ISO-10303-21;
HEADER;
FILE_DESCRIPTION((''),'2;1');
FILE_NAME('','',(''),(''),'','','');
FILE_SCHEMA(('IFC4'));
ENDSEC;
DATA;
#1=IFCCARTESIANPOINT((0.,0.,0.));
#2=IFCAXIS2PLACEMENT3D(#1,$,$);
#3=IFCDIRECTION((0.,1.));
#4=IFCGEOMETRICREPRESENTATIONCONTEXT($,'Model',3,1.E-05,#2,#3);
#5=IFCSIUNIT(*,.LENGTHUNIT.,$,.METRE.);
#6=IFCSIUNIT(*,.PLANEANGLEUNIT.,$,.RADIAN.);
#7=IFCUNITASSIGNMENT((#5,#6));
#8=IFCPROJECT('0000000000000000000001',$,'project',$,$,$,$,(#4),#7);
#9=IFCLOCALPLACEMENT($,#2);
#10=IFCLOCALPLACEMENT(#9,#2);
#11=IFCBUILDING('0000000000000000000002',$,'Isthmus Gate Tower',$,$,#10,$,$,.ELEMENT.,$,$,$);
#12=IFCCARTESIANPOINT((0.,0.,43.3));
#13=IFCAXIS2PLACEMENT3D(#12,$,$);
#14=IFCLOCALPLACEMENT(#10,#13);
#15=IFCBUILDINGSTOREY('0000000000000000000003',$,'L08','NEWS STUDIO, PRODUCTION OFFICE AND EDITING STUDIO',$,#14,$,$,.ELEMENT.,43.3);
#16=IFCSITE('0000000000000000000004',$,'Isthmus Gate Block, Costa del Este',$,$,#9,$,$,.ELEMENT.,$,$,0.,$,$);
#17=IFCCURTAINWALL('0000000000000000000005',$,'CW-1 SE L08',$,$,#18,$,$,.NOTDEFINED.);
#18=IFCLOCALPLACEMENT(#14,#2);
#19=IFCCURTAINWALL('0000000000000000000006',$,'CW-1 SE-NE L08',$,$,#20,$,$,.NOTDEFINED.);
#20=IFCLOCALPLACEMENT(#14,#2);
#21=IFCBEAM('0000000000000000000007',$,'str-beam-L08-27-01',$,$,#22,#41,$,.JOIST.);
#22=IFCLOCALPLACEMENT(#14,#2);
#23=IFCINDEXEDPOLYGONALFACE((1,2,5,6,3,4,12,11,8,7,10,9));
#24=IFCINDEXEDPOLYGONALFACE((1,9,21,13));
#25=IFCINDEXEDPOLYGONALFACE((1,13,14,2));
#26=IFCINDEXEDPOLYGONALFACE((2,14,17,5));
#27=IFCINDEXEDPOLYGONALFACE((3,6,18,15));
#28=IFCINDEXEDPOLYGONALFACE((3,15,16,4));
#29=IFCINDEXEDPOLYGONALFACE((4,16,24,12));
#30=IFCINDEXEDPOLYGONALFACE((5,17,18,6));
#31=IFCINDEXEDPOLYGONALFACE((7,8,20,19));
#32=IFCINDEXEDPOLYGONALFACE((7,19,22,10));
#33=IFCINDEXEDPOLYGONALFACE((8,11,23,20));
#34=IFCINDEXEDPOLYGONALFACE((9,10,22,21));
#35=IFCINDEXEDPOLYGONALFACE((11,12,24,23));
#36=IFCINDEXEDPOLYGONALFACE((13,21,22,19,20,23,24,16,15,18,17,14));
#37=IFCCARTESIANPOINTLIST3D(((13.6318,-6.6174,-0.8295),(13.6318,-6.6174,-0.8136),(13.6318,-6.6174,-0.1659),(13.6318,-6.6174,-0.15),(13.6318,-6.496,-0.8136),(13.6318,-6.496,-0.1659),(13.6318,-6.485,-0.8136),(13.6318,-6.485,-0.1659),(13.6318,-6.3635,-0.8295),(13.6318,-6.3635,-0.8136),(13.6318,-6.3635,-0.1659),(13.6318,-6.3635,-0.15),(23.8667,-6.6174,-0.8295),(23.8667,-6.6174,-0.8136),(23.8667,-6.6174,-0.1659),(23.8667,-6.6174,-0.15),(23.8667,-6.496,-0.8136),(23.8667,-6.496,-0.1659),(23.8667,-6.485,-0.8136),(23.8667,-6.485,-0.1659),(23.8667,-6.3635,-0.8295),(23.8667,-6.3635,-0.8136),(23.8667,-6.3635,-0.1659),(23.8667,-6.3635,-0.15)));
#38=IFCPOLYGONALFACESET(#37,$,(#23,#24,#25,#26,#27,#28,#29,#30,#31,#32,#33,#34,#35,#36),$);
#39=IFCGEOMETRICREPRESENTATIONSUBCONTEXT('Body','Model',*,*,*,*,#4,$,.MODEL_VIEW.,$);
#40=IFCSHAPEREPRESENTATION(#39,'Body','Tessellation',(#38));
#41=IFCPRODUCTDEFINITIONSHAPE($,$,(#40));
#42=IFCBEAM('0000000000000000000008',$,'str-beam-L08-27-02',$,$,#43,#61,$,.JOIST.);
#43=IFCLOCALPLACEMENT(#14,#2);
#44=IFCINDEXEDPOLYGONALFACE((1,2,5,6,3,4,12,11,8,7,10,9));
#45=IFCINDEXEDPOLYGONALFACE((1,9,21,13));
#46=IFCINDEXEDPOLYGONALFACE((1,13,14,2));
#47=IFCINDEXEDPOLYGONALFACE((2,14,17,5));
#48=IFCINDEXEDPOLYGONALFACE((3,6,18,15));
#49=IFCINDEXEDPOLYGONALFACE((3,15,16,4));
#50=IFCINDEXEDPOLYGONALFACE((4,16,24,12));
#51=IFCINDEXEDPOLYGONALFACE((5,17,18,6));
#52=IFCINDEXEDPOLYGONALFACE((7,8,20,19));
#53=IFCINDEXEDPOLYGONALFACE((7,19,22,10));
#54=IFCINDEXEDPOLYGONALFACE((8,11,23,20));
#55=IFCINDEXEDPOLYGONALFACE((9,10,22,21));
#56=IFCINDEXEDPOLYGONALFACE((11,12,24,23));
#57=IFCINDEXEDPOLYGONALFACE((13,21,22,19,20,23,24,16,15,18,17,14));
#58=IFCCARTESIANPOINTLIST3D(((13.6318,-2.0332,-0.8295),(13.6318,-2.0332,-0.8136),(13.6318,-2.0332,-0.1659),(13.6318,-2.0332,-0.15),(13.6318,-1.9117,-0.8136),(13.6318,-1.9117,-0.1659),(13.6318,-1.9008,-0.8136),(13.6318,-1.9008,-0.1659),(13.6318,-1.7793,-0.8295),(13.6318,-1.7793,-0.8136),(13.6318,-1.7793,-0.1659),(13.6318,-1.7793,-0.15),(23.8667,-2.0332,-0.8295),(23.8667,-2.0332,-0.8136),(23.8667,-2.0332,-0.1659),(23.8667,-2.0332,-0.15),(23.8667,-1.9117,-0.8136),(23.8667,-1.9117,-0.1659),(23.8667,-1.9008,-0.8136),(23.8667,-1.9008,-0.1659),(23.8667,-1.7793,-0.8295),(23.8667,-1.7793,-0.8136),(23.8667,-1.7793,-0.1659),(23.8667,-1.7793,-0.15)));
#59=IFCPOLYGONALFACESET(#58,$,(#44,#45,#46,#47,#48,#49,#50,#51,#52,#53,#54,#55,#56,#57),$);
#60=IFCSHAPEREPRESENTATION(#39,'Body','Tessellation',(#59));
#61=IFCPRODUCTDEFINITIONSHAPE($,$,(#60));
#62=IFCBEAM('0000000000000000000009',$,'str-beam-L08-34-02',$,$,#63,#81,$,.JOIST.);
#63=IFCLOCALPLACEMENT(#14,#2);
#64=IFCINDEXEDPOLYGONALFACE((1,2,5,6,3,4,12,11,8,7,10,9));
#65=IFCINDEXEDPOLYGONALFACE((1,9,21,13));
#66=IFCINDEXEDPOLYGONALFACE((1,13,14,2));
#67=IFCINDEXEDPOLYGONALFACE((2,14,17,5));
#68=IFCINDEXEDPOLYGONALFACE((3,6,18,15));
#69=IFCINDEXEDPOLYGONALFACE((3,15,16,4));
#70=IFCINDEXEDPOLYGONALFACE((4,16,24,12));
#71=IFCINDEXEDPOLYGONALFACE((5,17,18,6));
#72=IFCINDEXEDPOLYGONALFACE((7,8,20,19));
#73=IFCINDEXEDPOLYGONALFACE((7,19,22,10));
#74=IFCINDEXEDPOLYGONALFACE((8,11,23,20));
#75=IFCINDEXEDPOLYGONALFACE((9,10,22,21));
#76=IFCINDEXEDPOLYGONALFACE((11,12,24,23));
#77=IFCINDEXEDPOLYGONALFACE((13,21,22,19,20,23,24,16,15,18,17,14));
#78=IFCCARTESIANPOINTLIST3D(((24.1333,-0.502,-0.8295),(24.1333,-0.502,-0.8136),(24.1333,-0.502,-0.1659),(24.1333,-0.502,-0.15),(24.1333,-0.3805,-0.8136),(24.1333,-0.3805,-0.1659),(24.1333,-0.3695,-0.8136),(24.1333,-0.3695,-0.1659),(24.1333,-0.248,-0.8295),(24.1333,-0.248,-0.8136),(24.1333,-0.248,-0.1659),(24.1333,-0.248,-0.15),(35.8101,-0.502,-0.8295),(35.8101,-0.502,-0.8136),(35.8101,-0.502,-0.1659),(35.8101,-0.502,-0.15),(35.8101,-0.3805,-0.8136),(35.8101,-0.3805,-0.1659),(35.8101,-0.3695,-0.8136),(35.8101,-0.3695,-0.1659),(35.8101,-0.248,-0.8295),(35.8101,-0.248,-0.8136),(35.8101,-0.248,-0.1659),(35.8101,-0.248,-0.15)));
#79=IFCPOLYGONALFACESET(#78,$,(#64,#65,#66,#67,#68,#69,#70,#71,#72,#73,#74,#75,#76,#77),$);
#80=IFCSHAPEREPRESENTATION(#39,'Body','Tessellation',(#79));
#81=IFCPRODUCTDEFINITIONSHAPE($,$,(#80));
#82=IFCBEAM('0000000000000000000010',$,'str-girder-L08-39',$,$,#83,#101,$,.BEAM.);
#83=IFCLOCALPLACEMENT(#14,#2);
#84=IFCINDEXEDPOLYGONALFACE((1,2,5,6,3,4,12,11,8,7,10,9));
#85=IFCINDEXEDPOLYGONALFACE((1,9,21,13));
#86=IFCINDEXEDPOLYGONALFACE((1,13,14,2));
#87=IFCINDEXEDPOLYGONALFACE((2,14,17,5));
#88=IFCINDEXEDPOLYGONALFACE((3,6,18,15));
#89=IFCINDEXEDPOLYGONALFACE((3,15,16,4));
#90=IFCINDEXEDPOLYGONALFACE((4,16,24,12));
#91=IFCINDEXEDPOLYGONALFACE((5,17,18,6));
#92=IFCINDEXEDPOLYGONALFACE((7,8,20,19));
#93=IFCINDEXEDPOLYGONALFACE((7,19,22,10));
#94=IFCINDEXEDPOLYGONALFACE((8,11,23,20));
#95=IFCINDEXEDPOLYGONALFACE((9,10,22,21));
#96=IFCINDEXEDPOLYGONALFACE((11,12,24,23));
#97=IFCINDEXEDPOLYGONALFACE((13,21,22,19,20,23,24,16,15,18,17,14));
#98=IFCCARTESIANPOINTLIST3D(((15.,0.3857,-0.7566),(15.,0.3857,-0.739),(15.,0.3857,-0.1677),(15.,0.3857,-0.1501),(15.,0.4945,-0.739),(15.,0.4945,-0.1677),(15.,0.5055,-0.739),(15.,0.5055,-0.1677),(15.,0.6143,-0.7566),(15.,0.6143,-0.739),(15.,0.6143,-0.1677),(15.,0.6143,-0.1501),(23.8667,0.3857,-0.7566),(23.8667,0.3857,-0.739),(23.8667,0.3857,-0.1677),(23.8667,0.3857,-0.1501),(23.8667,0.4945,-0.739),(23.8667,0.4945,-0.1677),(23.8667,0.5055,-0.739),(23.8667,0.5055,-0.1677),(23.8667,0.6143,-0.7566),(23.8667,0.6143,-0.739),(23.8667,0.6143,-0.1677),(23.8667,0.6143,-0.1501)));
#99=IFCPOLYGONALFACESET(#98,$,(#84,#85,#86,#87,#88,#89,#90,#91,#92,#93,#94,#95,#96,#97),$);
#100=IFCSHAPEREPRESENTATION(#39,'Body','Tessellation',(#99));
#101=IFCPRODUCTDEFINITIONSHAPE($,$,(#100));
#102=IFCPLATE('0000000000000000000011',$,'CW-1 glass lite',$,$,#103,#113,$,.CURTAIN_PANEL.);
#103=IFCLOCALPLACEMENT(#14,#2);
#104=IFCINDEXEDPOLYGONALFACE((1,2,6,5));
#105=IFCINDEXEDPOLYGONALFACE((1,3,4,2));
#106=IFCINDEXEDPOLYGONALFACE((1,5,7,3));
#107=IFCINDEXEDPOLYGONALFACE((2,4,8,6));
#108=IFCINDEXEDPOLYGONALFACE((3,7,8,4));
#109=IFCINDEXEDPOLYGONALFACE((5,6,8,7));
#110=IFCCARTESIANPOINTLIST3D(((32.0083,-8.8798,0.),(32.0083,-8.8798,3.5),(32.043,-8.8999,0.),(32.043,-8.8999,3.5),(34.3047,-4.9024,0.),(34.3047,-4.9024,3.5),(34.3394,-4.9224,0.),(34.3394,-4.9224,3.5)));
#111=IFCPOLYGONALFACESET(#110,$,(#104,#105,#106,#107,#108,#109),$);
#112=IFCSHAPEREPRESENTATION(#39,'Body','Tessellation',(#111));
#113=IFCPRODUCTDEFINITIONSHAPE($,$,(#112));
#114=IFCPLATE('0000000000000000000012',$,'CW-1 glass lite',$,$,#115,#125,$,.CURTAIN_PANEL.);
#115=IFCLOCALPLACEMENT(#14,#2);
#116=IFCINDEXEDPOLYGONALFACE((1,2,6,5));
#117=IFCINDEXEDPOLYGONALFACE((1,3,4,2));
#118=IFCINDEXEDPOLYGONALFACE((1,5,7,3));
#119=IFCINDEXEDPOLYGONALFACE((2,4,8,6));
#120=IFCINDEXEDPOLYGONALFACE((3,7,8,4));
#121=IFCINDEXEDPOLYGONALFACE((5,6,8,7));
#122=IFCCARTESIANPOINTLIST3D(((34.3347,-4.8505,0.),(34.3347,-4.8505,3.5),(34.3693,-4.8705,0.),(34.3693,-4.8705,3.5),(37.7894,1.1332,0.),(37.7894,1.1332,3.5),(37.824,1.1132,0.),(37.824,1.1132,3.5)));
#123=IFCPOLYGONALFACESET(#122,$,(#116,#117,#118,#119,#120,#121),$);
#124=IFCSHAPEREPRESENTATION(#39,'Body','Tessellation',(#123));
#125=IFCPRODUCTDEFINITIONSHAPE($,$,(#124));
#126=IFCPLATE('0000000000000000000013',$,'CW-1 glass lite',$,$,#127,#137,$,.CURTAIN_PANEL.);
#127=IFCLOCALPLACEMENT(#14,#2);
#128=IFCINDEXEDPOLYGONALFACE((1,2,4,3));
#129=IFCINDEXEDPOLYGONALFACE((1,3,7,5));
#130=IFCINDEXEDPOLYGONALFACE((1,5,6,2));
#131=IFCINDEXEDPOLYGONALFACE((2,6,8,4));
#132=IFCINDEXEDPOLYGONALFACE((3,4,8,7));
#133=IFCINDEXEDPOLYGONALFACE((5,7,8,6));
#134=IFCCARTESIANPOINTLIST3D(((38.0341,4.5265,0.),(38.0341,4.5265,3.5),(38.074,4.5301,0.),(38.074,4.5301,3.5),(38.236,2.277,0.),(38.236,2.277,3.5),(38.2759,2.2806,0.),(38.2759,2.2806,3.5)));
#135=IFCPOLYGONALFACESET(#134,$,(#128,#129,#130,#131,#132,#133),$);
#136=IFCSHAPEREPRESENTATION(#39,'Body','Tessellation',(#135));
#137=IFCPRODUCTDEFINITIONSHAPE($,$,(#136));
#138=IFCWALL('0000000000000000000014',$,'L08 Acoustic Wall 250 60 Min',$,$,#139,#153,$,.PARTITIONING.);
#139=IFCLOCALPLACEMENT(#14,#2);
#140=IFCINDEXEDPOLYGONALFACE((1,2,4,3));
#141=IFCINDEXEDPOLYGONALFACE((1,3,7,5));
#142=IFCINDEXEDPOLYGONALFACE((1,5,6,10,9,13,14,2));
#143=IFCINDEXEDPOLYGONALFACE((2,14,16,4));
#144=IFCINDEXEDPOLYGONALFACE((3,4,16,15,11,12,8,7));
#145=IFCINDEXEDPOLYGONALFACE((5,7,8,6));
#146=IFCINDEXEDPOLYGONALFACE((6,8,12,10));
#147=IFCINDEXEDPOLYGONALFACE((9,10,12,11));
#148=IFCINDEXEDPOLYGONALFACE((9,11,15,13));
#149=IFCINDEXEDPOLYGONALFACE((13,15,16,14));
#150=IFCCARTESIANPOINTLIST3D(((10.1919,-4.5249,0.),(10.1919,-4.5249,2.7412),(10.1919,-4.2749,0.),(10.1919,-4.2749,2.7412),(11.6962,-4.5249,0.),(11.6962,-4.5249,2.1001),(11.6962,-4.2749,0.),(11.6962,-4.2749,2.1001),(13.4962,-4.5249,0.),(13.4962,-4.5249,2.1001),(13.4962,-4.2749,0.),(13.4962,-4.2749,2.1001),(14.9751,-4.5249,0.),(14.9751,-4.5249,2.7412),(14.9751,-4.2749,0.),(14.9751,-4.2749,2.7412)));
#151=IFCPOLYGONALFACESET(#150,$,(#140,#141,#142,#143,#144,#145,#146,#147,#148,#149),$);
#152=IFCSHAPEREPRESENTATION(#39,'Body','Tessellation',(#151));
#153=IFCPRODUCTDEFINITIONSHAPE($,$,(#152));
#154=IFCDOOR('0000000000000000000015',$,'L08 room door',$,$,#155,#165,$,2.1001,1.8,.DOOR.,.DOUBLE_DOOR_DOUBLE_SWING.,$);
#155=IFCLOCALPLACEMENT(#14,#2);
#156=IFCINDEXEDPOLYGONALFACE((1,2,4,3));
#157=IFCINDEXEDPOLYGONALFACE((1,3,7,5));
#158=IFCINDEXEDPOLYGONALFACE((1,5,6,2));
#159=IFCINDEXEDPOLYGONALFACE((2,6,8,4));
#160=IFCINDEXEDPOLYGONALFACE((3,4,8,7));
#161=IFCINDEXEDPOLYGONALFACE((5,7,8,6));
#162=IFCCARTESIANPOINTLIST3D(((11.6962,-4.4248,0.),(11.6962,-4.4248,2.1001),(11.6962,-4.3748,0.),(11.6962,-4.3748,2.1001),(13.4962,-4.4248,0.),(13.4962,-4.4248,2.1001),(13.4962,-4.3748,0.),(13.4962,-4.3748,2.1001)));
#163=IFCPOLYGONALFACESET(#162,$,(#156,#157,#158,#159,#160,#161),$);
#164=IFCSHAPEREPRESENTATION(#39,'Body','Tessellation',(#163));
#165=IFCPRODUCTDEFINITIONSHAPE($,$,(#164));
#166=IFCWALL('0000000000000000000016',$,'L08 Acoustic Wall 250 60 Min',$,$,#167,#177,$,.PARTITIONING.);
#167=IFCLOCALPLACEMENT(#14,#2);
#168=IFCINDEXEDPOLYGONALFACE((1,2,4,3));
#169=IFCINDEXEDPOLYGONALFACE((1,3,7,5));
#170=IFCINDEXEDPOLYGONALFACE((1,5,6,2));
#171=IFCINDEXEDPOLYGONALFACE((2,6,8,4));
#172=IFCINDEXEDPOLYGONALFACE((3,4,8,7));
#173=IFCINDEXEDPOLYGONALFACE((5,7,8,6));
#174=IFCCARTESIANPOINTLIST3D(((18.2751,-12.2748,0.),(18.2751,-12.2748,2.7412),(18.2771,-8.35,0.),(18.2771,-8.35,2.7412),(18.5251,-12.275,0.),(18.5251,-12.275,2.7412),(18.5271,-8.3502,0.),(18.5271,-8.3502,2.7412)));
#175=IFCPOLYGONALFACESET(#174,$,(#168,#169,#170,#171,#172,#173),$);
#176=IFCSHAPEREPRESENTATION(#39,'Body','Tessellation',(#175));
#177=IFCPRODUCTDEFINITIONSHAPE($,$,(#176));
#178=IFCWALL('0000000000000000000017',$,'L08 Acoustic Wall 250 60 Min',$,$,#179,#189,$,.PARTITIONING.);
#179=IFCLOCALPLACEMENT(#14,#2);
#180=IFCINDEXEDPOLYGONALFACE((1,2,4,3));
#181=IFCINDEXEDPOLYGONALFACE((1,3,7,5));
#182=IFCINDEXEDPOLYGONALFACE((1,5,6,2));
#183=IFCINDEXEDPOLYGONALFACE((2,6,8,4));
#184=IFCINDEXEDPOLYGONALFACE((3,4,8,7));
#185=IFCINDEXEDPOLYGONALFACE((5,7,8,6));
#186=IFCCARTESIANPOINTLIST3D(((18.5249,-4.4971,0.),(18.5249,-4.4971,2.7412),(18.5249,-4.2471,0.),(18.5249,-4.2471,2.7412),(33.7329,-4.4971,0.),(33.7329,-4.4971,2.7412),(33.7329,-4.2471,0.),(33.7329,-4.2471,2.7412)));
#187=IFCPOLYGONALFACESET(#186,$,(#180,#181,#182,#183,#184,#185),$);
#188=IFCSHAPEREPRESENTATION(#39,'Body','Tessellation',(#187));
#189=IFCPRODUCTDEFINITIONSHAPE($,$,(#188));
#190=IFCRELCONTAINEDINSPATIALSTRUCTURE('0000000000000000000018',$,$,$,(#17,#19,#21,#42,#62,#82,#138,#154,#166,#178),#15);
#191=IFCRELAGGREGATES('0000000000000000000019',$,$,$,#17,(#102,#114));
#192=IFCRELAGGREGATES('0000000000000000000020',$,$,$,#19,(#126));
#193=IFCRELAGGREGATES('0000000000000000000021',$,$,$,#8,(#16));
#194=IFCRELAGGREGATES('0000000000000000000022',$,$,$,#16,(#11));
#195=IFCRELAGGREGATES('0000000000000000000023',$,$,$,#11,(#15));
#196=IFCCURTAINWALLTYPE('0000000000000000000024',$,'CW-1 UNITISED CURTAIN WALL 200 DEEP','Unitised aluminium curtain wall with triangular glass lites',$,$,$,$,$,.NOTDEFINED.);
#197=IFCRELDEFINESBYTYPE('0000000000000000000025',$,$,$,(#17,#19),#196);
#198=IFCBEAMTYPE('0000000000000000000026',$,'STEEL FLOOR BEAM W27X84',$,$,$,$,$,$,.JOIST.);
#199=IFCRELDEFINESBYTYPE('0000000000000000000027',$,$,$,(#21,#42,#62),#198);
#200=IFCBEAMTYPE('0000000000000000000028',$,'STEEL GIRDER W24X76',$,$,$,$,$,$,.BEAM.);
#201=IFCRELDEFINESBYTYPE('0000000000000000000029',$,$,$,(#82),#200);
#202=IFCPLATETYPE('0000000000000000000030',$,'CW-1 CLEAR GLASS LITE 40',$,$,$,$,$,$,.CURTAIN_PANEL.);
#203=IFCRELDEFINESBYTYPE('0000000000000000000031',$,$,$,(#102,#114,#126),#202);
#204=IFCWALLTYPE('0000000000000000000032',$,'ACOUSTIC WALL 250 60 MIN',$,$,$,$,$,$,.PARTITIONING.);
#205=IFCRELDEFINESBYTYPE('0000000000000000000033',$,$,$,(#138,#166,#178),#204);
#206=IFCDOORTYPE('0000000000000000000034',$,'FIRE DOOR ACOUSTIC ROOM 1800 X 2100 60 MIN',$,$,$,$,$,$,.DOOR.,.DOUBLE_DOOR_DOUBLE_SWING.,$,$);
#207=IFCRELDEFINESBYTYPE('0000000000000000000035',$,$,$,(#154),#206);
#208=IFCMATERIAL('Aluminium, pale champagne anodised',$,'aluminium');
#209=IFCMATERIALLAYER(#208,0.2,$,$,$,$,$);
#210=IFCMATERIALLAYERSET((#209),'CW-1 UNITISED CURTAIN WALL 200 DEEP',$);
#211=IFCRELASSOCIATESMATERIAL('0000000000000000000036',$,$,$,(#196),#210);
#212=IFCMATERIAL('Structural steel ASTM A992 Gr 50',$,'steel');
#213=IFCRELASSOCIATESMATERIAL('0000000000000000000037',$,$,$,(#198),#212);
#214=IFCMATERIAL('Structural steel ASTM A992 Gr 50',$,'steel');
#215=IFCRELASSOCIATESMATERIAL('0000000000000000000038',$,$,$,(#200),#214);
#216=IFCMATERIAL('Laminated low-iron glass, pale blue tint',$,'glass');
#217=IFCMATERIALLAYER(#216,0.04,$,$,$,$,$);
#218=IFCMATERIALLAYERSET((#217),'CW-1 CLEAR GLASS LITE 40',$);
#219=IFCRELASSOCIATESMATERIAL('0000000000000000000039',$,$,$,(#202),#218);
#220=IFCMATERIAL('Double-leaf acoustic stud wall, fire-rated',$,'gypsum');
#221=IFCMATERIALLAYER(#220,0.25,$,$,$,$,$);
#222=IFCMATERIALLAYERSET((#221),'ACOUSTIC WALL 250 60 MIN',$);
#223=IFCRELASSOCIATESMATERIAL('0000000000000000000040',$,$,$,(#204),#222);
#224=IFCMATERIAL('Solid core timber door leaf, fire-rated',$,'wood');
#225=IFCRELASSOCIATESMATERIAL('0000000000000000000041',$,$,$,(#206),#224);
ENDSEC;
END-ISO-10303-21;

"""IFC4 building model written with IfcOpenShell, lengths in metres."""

from ifc_helpers import new_model, si_unit, direction, frame, frame_2d, origin, origin_2d, place, context, subcontext, project, spatial, rectangle, i_section, extrude, material, layer, layer_set, material_profile, profile_set, type_object, element, fill, aggregate, save


model = new_model("IFC4")

# Units and contexts
model_context = context("Model", 3, precision=1e-05, world=origin(), true_north=direction((0.0, 1.0)))
body_context = subcontext(model_context, "Body", "Model", "MODEL_VIEW")
ifc_project = project(units=[si_unit("LENGTHUNIT", "METRE"), si_unit("PLANEANGLEUNIT", "RADIAN")], contexts=[model_context])

# Site, building, storey
site_placement = place(None, origin())
site = spatial("IfcSite", under=ifc_project, at=site_placement, Name="Isthmus Gate Block, Costa del Este", CompositionType="ELEMENT", RefElevation=0.0)
building_placement = place(site_placement, origin())
building = spatial("IfcBuilding", under=site, at=building_placement, Name="Isthmus Gate Tower", CompositionType="ELEMENT")
storey_placement = place(building_placement, frame((0.0, 0.0, 43.3)))
storey = spatial("IfcBuildingStorey", under=building, at=storey_placement, Name="L08", Description="NEWS STUDIO, PRODUCTION OFFICE AND EDITING STUDIO", CompositionType="ELEMENT", Elevation=43.3)

# Curtain walls
ifc_material_1 = material(Name="Aluminium, pale champagne anodised", Category="aluminium")
ifc_layer_1 = layer(ifc_material_1, 0.2)
ifc_layer_set_1 = layer_set([ifc_layer_1], Name="CW-1 UNITISED CURTAIN WALL 200 DEEP")
curtain_wall_type = type_object("IfcCurtainWallType", Name="CW-1 UNITISED CURTAIN WALL 200 DEEP", Description="Unitised aluminium curtain wall with triangular glass lites", PredefinedType="NOTDEFINED", material=ifc_layer_set_1)
curtain_wall_1_placement = place(storey_placement, origin())
curtain_wall_1 = element("IfcCurtainWall", 1, at=curtain_wall_1_placement, inside=storey, type_object=curtain_wall_type, Name="CW-1 SE L08", PredefinedType="NOTDEFINED")
curtain_wall_2_placement = place(storey_placement, origin())
curtain_wall_2 = element("IfcCurtainWall", 2, at=curtain_wall_2_placement, inside=storey, type_object=curtain_wall_type, Name="CW-1 SE-NE L08", PredefinedType="NOTDEFINED")

# Beams
ifc_material_2 = material(Name="Structural steel ASTM A992 Gr 50", Category="steel")
ifc_material_profile_1 = material_profile(ifc_material_2, i_section(OverallWidth=0.2539, OverallDepth=0.6794, WebThickness=0.011, FlangeThickness=0.0159, at=origin_2d()), Name="W27X84")
ifc_profile_set_1 = profile_set([ifc_material_profile_1], Name="Structural steel ASTM A992 Gr 50")
beam_type_1 = type_object("IfcBeamType", Name="STEEL FLOOR BEAM W27X84", PredefinedType="JOIST", material=ifc_profile_set_1)
for number, where, z_axis, x_axis, name in (
    (3, (13.6318, -6.4905, -0.4897), (1.0, 0.0, 0.0), (0.0, 1.0, 0.0), "str-beam-L08-27-01"),
    (4, (13.6318, -1.9062, -0.4897), (1.0, 0.0, 0.0), (0.0, 1.0, 0.0), "str-beam-L08-27-02"),
):
    element("IfcBeam", number, at=place(storey_placement, frame(where, z_axis=z_axis, x_axis=x_axis)), inside=storey, type_object=beam_type_1, Name=name, PredefinedType="JOIST", context=body_context, shape_type="SweptSolid", body=[
        extrude(i_section(OverallWidth=0.2539, OverallDepth=0.6794, WebThickness=0.011, FlangeThickness=0.0159, at=origin_2d()), origin(), (0.0, 0.0, 1.0), 10.2349),
    ])
beam_1_placement = place(storey_placement, frame((24.1333, -0.375, -0.4897), z_axis=(1.0, 0.0, 0.0), x_axis=(0.0, 1.0, 0.0)))
element("IfcBeam", 5, at=beam_1_placement, inside=storey, type_object=beam_type_1, Name="str-beam-L08-34-02", PredefinedType="JOIST", context=body_context, shape_type="SweptSolid", body=[
    extrude(i_section(OverallWidth=0.2539, OverallDepth=0.6794, WebThickness=0.011, FlangeThickness=0.0159, at=origin_2d()), origin(), (0.0, 0.0, 1.0), 11.6768),
])
ifc_material_3 = material(Name="Structural steel ASTM A992 Gr 50", Category="steel")
ifc_material_profile_2 = material_profile(ifc_material_3, i_section(OverallWidth=0.2285, OverallDepth=0.6064, WebThickness=0.011, FlangeThickness=0.0176, at=origin_2d()), Name="W24X76")
ifc_profile_set_2 = profile_set([ifc_material_profile_2], Name="Structural steel ASTM A992 Gr 50")
beam_type_2 = type_object("IfcBeamType", Name="STEEL GIRDER W24X76", PredefinedType="BEAM", material=ifc_profile_set_2)
beam_2_placement = place(storey_placement, frame((15.0, 0.5, -0.4534), z_axis=(1.0, 0.0, 0.0), x_axis=(0.0, 1.0, 0.0)))
element("IfcBeam", 6, at=beam_2_placement, inside=storey, type_object=beam_type_2, Name="str-girder-L08-39", PredefinedType="BEAM", context=body_context, shape_type="SweptSolid", body=[
    extrude(i_section(OverallWidth=0.2285, OverallDepth=0.6064, WebThickness=0.011, FlangeThickness=0.0176, at=origin_2d()), origin(), (0.0, 0.0, 1.0), 8.8667),
])

# Plates
ifc_material_4 = material(Name="Laminated low-iron glass, pale blue tint", Category="glass")
ifc_layer_2 = layer(ifc_material_4, 0.04)
ifc_layer_set_2 = layer_set([ifc_layer_2], Name="CW-1 CLEAR GLASS LITE 40")
plate_type = type_object("IfcPlateType", Name="CW-1 CLEAR GLASS LITE 40", PredefinedType="CURTAIN_PANEL", material=ifc_layer_set_2)
plate_1_placement = place(storey_placement, frame((33.1738, -6.9011, 0.0), z_axis=(0.0, 0.0, 1.0), x_axis=(0.5, 0.866025, 0.0)))
plate_1 = element("IfcPlate", 7, at=plate_1_placement, type_object=plate_type, Name="CW-1 glass lite", PredefinedType="CURTAIN_PANEL", context=body_context, shape_type="SweptSolid", body=[
    extrude(rectangle(XDim=4.5928, YDim=0.04, at=origin_2d()), origin(), (0.0, 0.0, 1.0), 3.5),
])
plate_2_placement = place(storey_placement, frame((36.0793, -1.8687, 0.0), z_axis=(0.0, 0.0, 1.0), x_axis=(0.5, 0.866025, 0.0)))
plate_2 = element("IfcPlate", 8, at=plate_2_placement, type_object=plate_type, Name="CW-1 glass lite", PredefinedType="CURTAIN_PANEL", context=body_context, shape_type="SweptSolid", body=[
    extrude(rectangle(XDim=6.9094, YDim=0.04, at=origin_2d()), origin(), (0.0, 0.0, 1.0), 3.5),
])
aggregate(curtain_wall_1, [plate_1, plate_2])
plate_3_placement = place(storey_placement, frame((38.155, 3.4036, 0.0), z_axis=(0.0, 0.0, 1.0), x_axis=(-0.089397, 0.995996, 0.0)))
plate_3 = element("IfcPlate", 9, at=plate_3_placement, type_object=plate_type, Name="CW-1 glass lite", PredefinedType="CURTAIN_PANEL", context=body_context, shape_type="SweptSolid", body=[
    extrude(rectangle(XDim=2.2585, YDim=0.04, at=origin_2d()), origin(), (0.0, 0.0, 1.0), 3.5),
])
aggregate(curtain_wall_2, [plate_3])

# Wall, opening, door
ifc_material_5 = material(Name="Double-leaf acoustic stud wall, fire-rated", Category="gypsum")
ifc_layer_3 = layer(ifc_material_5, 0.25)
ifc_layer_set_3 = layer_set([ifc_layer_3], Name="ACOUSTIC WALL 250 60 MIN")
wall_type_1 = type_object("IfcWallType", Name="ACOUSTIC WALL 250 60 MIN", PredefinedType="PARTITIONING", material=ifc_layer_set_3)
wall_1_placement = place(storey_placement, frame((14.9751, -4.3999, 0.0), z_axis=(0.0, 0.0, 1.0), x_axis=(-1.0, 0.0, 0.0)))
wall_1 = element("IfcWall", 10, at=wall_1_placement, inside=storey, type_object=wall_type_1, Name="L08 Acoustic Wall 250 60 Min", PredefinedType="PARTITIONING", context=body_context, shape_type="SweptSolid", body=[
    extrude(rectangle(XDim=4.7832, YDim=0.25, at=frame_2d((2.3916, 0.0))), origin(), (0.0, 0.0, 1.0), 2.7412),
])
opening_1_placement = place(wall_1_placement, frame((1.479, 0.0, 0.0)))
opening_1 = element("IfcOpeningElement", 11, at=opening_1_placement, cuts=wall_1, PredefinedType="OPENING", context=body_context, shape_type="SweptSolid", body=[
    extrude(rectangle(XDim=1.8, YDim=2.1001, at=frame_2d((0.8999, 1.05))), frame((0.0, 0.135, 0.0), z_axis=(0.0, -1.0, 0.0), x_axis=(1.0, 0.0, 0.0)), (0.0, 0.0, 1.0), 0.27),
])
ifc_material_6 = material(Name="Solid core timber door leaf, fire-rated", Category="wood")
door_type_1 = type_object("IfcDoorType", Name="FIRE DOOR ACOUSTIC ROOM 1800 X 2100 60 MIN", OperationType="DOUBLE_DOOR_DOUBLE_SWING", PredefinedType="DOOR", material=ifc_material_6)
door_1_placement = place(opening_1_placement, origin())
door_1 = element("IfcDoor", 12, at=door_1_placement, inside=storey, type_object=door_type_1, Name="L08 room door", OperationType="DOUBLE_DOOR_DOUBLE_SWING", OverallHeight=2.1001, OverallWidth=1.8, PredefinedType="DOOR", context=body_context, shape_type="SweptSolid", body=[
    extrude(rectangle(XDim=1.8, YDim=2.1001, at=frame_2d((0.8999, 1.05))), frame((0.0, 0.0249, 0.0), z_axis=(0.0, -1.0, 0.0), x_axis=(1.0, 0.0, 0.0)), (0.0, 0.0, 1.0), 0.05),
])
fill(opening_1, door_1)

# Walls
wall_2_placement = place(storey_placement, frame((18.4021, -8.3501, 0.0), z_axis=(0.0, 0.0, 1.0), x_axis=(-0.000498, -1.0, 0.0)))
element("IfcWall", 13, at=wall_2_placement, inside=storey, type_object=wall_type_1, Name="L08 Acoustic Wall 250 60 Min", PredefinedType="PARTITIONING", context=body_context, shape_type="SweptSolid", body=[
    extrude(rectangle(XDim=3.9248, YDim=0.25, at=frame_2d((1.9624, 0.0))), origin(), (0.0, 0.0, 1.0), 2.7412),
])
wall_3_placement = place(storey_placement, frame((18.5249, -4.3721, 0.0), z_axis=(0.0, 0.0, 1.0), x_axis=(1.0, 0.0, 0.0)))
element("IfcWall", 14, at=wall_3_placement, inside=storey, type_object=wall_type_1, Name="L08 Acoustic Wall 250 60 Min", PredefinedType="PARTITIONING", context=body_context, shape_type="SweptSolid", body=[
    extrude(rectangle(XDim=15.208, YDim=0.25, at=frame_2d((7.604, 0.0))), origin(), (0.0, 0.0, 1.0), 2.7412),
])

save(model, "model.ifc")
